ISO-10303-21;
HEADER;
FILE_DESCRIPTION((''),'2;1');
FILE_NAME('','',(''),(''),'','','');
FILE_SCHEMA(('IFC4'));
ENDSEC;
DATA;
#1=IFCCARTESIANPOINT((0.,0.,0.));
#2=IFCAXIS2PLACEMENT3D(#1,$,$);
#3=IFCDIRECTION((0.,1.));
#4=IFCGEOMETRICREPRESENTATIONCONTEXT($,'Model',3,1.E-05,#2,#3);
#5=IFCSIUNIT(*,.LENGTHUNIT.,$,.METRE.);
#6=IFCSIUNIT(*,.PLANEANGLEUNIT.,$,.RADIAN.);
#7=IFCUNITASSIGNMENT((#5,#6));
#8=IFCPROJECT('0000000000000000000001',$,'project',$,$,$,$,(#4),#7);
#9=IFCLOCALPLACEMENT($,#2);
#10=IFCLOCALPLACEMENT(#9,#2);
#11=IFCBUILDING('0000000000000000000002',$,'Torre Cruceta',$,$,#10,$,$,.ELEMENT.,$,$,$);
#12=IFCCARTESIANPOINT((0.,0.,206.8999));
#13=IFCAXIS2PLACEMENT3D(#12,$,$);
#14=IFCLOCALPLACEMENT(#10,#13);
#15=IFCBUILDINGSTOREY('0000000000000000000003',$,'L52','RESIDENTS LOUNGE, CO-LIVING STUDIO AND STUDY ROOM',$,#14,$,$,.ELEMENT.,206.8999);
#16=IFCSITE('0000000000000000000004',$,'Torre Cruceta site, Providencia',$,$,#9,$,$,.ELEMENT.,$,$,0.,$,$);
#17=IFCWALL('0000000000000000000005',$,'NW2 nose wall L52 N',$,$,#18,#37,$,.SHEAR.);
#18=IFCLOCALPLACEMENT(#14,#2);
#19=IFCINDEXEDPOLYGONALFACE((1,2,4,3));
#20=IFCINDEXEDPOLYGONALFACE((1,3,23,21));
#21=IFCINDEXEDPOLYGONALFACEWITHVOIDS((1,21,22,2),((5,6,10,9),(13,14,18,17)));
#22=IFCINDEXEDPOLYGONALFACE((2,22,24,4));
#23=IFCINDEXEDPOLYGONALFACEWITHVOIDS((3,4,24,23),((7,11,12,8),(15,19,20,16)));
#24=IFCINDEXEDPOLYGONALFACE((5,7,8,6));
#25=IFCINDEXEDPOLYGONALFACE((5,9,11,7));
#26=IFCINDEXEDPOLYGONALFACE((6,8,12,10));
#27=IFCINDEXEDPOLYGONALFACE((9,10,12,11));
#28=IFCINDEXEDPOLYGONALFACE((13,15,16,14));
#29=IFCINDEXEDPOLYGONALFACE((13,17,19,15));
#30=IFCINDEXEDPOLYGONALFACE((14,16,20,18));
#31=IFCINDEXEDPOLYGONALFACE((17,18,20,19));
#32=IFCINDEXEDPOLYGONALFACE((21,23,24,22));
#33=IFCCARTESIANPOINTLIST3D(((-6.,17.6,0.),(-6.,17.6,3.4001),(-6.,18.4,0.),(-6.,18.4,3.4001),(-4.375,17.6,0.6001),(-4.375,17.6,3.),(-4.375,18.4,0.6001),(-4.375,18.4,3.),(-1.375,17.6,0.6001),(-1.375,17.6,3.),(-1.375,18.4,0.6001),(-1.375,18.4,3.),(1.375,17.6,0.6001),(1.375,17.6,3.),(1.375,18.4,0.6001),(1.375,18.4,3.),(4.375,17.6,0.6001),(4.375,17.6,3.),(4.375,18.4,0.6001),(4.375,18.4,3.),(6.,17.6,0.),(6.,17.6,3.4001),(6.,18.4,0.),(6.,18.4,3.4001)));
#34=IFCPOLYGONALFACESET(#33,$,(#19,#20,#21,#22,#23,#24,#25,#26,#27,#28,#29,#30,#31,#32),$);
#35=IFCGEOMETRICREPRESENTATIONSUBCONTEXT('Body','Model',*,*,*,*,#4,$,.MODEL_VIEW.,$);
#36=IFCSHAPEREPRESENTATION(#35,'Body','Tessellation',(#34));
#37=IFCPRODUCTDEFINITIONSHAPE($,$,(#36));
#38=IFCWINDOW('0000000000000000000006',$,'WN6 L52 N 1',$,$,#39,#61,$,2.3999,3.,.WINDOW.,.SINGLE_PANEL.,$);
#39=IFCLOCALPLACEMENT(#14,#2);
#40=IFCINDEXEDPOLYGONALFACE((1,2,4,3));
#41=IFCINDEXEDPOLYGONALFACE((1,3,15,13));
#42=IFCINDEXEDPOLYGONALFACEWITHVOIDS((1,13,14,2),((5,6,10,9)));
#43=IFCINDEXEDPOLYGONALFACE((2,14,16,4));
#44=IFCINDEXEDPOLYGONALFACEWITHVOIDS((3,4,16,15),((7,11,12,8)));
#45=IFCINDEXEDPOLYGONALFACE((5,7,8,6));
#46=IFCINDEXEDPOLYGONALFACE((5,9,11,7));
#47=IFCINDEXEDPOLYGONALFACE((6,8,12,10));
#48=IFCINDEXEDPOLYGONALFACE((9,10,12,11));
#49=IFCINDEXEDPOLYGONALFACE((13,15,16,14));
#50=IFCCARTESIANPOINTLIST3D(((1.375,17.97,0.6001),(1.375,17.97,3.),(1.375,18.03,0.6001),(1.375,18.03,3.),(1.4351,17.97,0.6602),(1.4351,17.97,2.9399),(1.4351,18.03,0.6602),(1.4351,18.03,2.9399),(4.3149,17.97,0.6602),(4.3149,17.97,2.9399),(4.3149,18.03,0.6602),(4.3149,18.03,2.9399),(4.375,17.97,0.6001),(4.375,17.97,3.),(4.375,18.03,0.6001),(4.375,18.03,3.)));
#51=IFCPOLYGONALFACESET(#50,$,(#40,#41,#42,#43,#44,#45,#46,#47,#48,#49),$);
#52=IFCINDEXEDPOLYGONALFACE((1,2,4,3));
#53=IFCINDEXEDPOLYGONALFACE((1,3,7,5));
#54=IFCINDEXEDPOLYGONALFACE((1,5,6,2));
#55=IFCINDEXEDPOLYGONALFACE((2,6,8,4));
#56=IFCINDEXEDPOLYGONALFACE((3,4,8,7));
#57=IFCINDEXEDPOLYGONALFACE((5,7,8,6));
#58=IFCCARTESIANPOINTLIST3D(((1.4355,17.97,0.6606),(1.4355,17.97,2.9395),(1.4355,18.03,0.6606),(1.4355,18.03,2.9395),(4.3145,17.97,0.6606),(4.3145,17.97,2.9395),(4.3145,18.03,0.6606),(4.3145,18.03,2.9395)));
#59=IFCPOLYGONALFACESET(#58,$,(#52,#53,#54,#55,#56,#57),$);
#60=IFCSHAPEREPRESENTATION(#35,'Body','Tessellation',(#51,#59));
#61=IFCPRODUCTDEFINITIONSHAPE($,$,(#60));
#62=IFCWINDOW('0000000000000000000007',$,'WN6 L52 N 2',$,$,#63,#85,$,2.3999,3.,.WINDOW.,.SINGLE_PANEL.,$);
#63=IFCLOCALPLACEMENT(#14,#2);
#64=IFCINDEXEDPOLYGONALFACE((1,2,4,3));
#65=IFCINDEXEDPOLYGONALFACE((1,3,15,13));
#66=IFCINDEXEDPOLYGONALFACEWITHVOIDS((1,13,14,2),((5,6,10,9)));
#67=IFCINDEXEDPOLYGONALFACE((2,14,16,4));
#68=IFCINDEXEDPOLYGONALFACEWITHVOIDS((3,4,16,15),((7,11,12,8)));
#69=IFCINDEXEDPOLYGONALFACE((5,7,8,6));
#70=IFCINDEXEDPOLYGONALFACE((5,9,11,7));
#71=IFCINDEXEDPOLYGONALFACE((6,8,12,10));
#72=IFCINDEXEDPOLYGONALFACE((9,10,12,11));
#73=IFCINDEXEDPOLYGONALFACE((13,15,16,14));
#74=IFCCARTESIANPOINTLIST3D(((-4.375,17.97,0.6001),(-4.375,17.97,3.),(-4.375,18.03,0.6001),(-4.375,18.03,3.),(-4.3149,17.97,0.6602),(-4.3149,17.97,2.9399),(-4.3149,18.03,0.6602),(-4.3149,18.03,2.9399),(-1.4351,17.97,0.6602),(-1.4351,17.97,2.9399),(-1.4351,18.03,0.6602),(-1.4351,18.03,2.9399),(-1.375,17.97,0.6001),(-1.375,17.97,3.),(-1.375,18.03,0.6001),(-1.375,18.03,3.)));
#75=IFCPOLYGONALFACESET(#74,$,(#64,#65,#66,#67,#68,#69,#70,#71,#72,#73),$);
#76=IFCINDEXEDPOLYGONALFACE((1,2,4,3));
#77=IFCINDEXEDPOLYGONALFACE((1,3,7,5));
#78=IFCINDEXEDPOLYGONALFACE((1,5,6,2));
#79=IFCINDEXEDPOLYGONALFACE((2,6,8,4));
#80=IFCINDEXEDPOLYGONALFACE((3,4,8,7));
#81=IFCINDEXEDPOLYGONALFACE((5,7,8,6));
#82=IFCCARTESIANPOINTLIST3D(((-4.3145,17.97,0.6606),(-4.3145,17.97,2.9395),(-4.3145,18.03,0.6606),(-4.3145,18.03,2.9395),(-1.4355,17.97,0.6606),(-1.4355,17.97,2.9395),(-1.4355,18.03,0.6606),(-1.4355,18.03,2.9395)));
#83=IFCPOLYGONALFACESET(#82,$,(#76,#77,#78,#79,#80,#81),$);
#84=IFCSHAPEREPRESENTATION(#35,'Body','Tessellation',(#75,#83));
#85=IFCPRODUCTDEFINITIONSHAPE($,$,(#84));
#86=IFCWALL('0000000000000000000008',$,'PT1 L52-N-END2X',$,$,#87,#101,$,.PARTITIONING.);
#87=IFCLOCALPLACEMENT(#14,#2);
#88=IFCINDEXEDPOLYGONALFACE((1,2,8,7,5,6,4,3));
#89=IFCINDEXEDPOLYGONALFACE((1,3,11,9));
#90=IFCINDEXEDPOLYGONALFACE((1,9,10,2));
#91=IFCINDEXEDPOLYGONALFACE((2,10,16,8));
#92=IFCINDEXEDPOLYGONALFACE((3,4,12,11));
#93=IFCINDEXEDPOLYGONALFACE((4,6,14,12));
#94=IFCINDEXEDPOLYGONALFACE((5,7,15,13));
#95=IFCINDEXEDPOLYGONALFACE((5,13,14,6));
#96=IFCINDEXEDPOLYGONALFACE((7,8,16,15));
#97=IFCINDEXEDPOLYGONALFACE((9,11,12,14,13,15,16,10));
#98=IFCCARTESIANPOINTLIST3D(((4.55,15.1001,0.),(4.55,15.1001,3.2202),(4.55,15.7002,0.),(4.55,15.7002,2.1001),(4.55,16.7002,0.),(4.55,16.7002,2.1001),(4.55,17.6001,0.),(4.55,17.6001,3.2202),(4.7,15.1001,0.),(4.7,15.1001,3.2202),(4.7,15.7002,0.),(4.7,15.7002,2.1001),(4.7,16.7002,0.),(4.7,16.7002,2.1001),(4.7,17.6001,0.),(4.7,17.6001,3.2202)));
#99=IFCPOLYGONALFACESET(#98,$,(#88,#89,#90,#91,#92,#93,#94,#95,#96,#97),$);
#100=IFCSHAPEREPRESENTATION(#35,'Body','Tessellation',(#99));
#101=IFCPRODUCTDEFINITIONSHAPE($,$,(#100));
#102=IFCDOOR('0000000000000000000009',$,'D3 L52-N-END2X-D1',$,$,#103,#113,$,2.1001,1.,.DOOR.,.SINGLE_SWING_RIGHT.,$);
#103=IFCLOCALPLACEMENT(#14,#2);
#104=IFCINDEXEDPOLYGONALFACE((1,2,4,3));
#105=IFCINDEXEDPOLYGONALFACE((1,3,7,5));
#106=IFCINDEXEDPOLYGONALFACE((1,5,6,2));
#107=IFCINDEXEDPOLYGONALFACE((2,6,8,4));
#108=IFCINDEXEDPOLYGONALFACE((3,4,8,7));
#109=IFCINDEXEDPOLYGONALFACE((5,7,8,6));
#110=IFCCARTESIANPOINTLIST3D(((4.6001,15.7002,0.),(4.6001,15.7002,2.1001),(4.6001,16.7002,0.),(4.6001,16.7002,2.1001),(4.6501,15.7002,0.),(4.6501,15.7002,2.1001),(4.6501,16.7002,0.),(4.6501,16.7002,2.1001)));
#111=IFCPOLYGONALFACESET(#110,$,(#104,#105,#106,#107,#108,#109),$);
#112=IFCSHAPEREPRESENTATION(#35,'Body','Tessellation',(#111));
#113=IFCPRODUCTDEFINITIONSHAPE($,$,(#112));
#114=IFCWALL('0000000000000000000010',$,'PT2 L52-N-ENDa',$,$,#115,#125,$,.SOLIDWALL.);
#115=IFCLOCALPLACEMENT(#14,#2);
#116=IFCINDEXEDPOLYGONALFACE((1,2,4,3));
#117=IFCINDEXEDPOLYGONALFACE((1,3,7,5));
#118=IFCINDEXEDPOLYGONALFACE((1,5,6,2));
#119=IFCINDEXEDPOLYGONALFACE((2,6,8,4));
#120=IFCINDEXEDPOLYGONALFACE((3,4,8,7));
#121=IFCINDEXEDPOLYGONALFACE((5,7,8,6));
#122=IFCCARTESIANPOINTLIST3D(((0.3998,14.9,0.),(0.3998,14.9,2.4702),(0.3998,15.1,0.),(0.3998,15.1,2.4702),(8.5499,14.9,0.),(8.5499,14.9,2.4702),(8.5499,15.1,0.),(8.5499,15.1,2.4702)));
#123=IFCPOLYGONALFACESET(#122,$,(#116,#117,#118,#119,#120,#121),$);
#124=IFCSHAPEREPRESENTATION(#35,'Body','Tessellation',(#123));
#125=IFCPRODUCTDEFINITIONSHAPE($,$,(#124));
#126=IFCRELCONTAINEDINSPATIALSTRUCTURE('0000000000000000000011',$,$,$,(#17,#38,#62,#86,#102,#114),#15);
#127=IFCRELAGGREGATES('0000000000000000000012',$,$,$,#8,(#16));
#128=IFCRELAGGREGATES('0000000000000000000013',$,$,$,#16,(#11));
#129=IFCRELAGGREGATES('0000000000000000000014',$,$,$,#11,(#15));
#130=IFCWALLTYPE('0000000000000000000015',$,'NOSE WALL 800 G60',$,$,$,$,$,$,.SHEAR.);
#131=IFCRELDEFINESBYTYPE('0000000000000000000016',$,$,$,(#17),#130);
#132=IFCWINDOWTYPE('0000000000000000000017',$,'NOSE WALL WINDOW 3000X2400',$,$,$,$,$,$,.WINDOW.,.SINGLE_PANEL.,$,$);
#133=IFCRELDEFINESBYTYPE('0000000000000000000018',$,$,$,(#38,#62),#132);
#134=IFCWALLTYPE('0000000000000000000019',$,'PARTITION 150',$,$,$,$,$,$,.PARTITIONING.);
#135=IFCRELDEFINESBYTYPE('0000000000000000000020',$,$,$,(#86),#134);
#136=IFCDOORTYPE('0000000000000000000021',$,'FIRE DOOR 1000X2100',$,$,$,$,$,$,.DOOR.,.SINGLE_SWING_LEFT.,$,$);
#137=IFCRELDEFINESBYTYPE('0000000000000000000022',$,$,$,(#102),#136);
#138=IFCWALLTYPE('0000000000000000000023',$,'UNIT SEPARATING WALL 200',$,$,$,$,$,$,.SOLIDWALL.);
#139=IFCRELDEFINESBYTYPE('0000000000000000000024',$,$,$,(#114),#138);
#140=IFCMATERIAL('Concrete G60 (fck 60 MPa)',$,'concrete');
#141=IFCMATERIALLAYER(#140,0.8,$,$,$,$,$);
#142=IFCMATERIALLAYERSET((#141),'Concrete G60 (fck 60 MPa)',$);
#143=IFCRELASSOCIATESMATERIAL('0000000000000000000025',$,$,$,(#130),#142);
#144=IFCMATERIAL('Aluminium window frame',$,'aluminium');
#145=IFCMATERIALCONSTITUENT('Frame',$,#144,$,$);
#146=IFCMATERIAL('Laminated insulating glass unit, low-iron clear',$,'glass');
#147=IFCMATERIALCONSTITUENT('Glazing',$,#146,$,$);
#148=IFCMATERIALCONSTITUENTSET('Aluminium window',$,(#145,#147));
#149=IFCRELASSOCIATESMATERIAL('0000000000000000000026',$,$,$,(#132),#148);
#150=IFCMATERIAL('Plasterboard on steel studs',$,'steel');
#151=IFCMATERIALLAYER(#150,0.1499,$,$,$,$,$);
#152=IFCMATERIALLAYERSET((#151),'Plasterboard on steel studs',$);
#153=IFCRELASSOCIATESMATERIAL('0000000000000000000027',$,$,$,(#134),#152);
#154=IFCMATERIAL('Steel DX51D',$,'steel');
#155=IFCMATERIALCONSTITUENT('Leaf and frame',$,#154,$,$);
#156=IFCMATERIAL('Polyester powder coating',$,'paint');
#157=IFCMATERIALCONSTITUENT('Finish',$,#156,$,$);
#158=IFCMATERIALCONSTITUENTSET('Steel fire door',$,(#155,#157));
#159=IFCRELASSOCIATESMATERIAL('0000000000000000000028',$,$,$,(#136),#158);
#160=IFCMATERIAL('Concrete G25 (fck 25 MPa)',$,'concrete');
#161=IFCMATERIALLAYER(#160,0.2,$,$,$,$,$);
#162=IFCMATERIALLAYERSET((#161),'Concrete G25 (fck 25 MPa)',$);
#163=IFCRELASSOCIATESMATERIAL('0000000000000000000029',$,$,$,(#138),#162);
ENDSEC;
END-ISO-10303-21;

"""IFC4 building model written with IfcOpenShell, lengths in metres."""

from ifc_helpers import new_model, si_unit, direction, frame, frame_2d, origin, place, context, subcontext, project, spatial, rectangle, hollow_rectangle, extrude, material, layer, layer_set, constituent, constituent_set, type_object, element, fill, save


model = new_model("IFC4")

# Units and contexts
model_context = context("Model", 3, precision=1e-05, world=origin(), true_north=direction((0.0, 1.0)))
body_context = subcontext(model_context, "Body", "Model", "MODEL_VIEW")
ifc_project = project(units=[si_unit("LENGTHUNIT", "METRE"), si_unit("PLANEANGLEUNIT", "RADIAN")], contexts=[model_context])

# Site, building, storey
site_placement = place(None, origin())
site = spatial("IfcSite", under=ifc_project, at=site_placement, Name="Torre Cruceta site, Providencia", CompositionType="ELEMENT", RefElevation=0.0)
building_placement = place(site_placement, origin())
building = spatial("IfcBuilding", under=site, at=building_placement, Name="Torre Cruceta", CompositionType="ELEMENT")
storey_placement = place(building_placement, frame((0.0, 0.0, 206.8999)))
storey = spatial("IfcBuildingStorey", under=building, at=storey_placement, Name="L52", Description="RESIDENTS LOUNGE, CO-LIVING STUDIO AND STUDY ROOM", CompositionType="ELEMENT", Elevation=206.8999)

# Wall, openings, windows
ifc_material_1 = material(Name="Concrete G60 (fck 60 MPa)", Category="concrete")
ifc_layer_1 = layer(ifc_material_1, 0.8)
ifc_layer_set_1 = layer_set([ifc_layer_1], Name="Concrete G60 (fck 60 MPa)")
wall_type_1 = type_object("IfcWallType", Name="NOSE WALL 800 G60", PredefinedType="SHEAR", material=ifc_layer_set_1)
wall_1_placement = place(storey_placement, frame((6.0, 18.0, 0.0), z_axis=(0.0, 0.0, 1.0), x_axis=(-1.0, 0.0, 0.0)))
wall_1 = element("IfcWall", 1, at=wall_1_placement, inside=storey, type_object=wall_type_1, Name="NW2 nose wall L52 N", PredefinedType="SHEAR", context=body_context, shape_type="SweptSolid", body=[
    extrude(rectangle(XDim=12.0, YDim=0.8, at=frame_2d((6.0, 0.0))), origin(), (0.0, 0.0, 1.0), 3.4001),
])
opening_1_placement = place(wall_1_placement, frame((1.625, 0.0, 0.6001)))
opening_1 = element("IfcOpeningElement", 2, at=opening_1_placement, cuts=wall_1, PredefinedType="OPENING", context=body_context, shape_type="SweptSolid", body=[
    extrude(rectangle(XDim=3.0, YDim=2.3999, at=frame_2d((1.5, 1.2))), frame((0.0, 0.4099, 0.0), z_axis=(0.0, -1.0, 0.0), x_axis=(1.0, 0.0, 0.0)), (0.0, 0.0, 1.0), 0.8201),
])
opening_2_placement = place(wall_1_placement, frame((7.375, 0.0, 0.6001)))
opening_2 = element("IfcOpeningElement", 3, at=opening_2_placement, cuts=wall_1, PredefinedType="OPENING", context=body_context, shape_type="SweptSolid", body=[
    extrude(rectangle(XDim=3.0, YDim=2.3999, at=frame_2d((1.5, 1.2))), frame((0.0, 0.4099, 0.0), z_axis=(0.0, -1.0, 0.0), x_axis=(1.0, 0.0, 0.0)), (0.0, 0.0, 1.0), 0.8201),
])
ifc_material_2 = material(Name="Aluminium window frame", Category="aluminium")
ifc_constituent_1 = constituent(ifc_material_2, Name="Frame")
ifc_material_3 = material(Name="Laminated insulating glass unit, low-iron clear", Category="glass")
ifc_constituent_2 = constituent(ifc_material_3, Name="Glazing")
ifc_constituent_set_1 = constituent_set(constituents=[ifc_constituent_1, ifc_constituent_2], Name="Aluminium window")
window_type = type_object("IfcWindowType", Name="NOSE WALL WINDOW 3000X2400", PartitioningType="SINGLE_PANEL", PredefinedType="WINDOW", material=ifc_constituent_set_1)
window_1_placement = place(opening_1_placement, origin())
window_1 = element("IfcWindow", 4, at=window_1_placement, inside=storey, type_object=window_type, Name="WN6 L52 N 1", OverallHeight=2.3999, OverallWidth=3.0, PartitioningType="SINGLE_PANEL", PredefinedType="WINDOW", context=body_context, shape_type="SweptSolid", body=[
    extrude(hollow_rectangle(XDim=3.0, YDim=2.3999, WallThickness=0.0601, at=frame_2d((1.5, 1.2))), frame((0.0, 0.03, 0.0), z_axis=(0.0, -1.0, 0.0), x_axis=(1.0, 0.0, 0.0)), (0.0, 0.0, 1.0), 0.0601),
    extrude(rectangle(XDim=2.8789, YDim=2.2788, at=frame_2d((1.5, 1.2))), frame((0.0, 0.03, 0.0), z_axis=(0.0, -1.0, 0.0), x_axis=(1.0, 0.0, 0.0)), (0.0, 0.0, 1.0), 0.0601),
])
fill(opening_1, window_1)
window_2_placement = place(opening_2_placement, origin())
window_2 = element("IfcWindow", 5, at=window_2_placement, inside=storey, type_object=window_type, Name="WN6 L52 N 2", OverallHeight=2.3999, OverallWidth=3.0, PartitioningType="SINGLE_PANEL", PredefinedType="WINDOW", context=body_context, shape_type="SweptSolid", body=[
    extrude(hollow_rectangle(XDim=3.0, YDim=2.3999, WallThickness=0.0601, at=frame_2d((1.5, 1.2))), frame((0.0, 0.03, 0.0), z_axis=(0.0, -1.0, 0.0), x_axis=(1.0, 0.0, 0.0)), (0.0, 0.0, 1.0), 0.0601),
    extrude(rectangle(XDim=2.8789, YDim=2.2788, at=frame_2d((1.5, 1.2))), frame((0.0, 0.03, 0.0), z_axis=(0.0, -1.0, 0.0), x_axis=(1.0, 0.0, 0.0)), (0.0, 0.0, 1.0), 0.0601),
])
fill(opening_2, window_2)

# Wall, opening, door
ifc_material_4 = material(Name="Plasterboard on steel studs", Category="steel")
ifc_layer_2 = layer(ifc_material_4, 0.1499)
ifc_layer_set_2 = layer_set([ifc_layer_2], Name="Plasterboard on steel studs")
wall_type_2 = type_object("IfcWallType", Name="PARTITION 150", PredefinedType="PARTITIONING", material=ifc_layer_set_2)
wall_2_placement = place(storey_placement, frame((4.625, 15.1001, 0.0), z_axis=(0.0, 0.0, 1.0), x_axis=(0.0, 1.0, 0.0)))
wall_2 = element("IfcWall", 6, at=wall_2_placement, inside=storey, type_object=wall_type_2, Name="PT1 L52-N-END2X", PredefinedType="PARTITIONING", context=body_context, shape_type="SweptSolid", body=[
    extrude(rectangle(XDim=2.5, YDim=0.1499, at=frame_2d((1.25, 0.0))), origin(), (0.0, 0.0, 1.0), 3.2202),
])
opening_3_placement = place(wall_2_placement, frame((0.6001, 0.0, 0.0)))
opening_3 = element("IfcOpeningElement", 7, at=opening_3_placement, cuts=wall_2, PredefinedType="OPENING", context=body_context, shape_type="SweptSolid", body=[
    extrude(rectangle(XDim=1.0, YDim=2.1001, at=frame_2d((0.5, 1.05))), frame((0.0, 0.085, 0.0), z_axis=(0.0, -1.0, 0.0), x_axis=(1.0, 0.0, 0.0)), (0.0, 0.0, 1.0), 0.1699),
])
ifc_material_5 = material(Name="Steel DX51D", Category="steel")
ifc_constituent_3 = constituent(ifc_material_5, Name="Leaf and frame")
ifc_material_6 = material(Name="Polyester powder coating", Category="paint")
ifc_constituent_4 = constituent(ifc_material_6, Name="Finish")
ifc_constituent_set_2 = constituent_set(constituents=[ifc_constituent_3, ifc_constituent_4], Name="Steel fire door")
door_type = type_object("IfcDoorType", Name="FIRE DOOR 1000X2100", OperationType="SINGLE_SWING_LEFT", PredefinedType="DOOR", material=ifc_constituent_set_2)
door_placement = place(opening_3_placement, frame((1.0, 0.0, 0.0), z_axis=(0.0, 0.0, 1.0), x_axis=(-1.0, 0.0, 0.0)))
door = element("IfcDoor", 8, at=door_placement, inside=storey, type_object=door_type, Name="D3 L52-N-END2X-D1", OperationType="SINGLE_SWING_RIGHT", OverallHeight=2.1001, OverallWidth=1.0, PredefinedType="DOOR", context=body_context, shape_type="SweptSolid", body=[
    extrude(rectangle(XDim=1.0, YDim=2.1001, at=frame_2d((0.5, 1.05))), frame((0.0, 0.0251, 0.0), z_axis=(0.0, -1.0, 0.0), x_axis=(1.0, 0.0, 0.0)), (0.0, 0.0, 1.0), 0.05),
])
fill(opening_3, door)

# Wall
ifc_material_7 = material(Name="Concrete G25 (fck 25 MPa)", Category="concrete")
ifc_layer_3 = layer(ifc_material_7, 0.2)
ifc_layer_set_3 = layer_set([ifc_layer_3], Name="Concrete G25 (fck 25 MPa)")
wall_type_3 = type_object("IfcWallType", Name="UNIT SEPARATING WALL 200", PredefinedType="SOLIDWALL", material=ifc_layer_set_3)
wall_3_placement = place(storey_placement, frame((8.55, 15.0, 0.0), z_axis=(0.0, 0.0, 1.0), x_axis=(-1.0, 0.0, 0.0)))
element("IfcWall", 9, at=wall_3_placement, inside=storey, type_object=wall_type_3, Name="PT2 L52-N-ENDa", PredefinedType="SOLIDWALL", context=body_context, shape_type="SweptSolid", body=[
    extrude(rectangle(XDim=8.1501, YDim=0.2, at=frame_2d((4.0752, 0.0))), origin(), (0.0, 0.0, 1.0), 2.4702),
])

save(model, "model.ifc")
